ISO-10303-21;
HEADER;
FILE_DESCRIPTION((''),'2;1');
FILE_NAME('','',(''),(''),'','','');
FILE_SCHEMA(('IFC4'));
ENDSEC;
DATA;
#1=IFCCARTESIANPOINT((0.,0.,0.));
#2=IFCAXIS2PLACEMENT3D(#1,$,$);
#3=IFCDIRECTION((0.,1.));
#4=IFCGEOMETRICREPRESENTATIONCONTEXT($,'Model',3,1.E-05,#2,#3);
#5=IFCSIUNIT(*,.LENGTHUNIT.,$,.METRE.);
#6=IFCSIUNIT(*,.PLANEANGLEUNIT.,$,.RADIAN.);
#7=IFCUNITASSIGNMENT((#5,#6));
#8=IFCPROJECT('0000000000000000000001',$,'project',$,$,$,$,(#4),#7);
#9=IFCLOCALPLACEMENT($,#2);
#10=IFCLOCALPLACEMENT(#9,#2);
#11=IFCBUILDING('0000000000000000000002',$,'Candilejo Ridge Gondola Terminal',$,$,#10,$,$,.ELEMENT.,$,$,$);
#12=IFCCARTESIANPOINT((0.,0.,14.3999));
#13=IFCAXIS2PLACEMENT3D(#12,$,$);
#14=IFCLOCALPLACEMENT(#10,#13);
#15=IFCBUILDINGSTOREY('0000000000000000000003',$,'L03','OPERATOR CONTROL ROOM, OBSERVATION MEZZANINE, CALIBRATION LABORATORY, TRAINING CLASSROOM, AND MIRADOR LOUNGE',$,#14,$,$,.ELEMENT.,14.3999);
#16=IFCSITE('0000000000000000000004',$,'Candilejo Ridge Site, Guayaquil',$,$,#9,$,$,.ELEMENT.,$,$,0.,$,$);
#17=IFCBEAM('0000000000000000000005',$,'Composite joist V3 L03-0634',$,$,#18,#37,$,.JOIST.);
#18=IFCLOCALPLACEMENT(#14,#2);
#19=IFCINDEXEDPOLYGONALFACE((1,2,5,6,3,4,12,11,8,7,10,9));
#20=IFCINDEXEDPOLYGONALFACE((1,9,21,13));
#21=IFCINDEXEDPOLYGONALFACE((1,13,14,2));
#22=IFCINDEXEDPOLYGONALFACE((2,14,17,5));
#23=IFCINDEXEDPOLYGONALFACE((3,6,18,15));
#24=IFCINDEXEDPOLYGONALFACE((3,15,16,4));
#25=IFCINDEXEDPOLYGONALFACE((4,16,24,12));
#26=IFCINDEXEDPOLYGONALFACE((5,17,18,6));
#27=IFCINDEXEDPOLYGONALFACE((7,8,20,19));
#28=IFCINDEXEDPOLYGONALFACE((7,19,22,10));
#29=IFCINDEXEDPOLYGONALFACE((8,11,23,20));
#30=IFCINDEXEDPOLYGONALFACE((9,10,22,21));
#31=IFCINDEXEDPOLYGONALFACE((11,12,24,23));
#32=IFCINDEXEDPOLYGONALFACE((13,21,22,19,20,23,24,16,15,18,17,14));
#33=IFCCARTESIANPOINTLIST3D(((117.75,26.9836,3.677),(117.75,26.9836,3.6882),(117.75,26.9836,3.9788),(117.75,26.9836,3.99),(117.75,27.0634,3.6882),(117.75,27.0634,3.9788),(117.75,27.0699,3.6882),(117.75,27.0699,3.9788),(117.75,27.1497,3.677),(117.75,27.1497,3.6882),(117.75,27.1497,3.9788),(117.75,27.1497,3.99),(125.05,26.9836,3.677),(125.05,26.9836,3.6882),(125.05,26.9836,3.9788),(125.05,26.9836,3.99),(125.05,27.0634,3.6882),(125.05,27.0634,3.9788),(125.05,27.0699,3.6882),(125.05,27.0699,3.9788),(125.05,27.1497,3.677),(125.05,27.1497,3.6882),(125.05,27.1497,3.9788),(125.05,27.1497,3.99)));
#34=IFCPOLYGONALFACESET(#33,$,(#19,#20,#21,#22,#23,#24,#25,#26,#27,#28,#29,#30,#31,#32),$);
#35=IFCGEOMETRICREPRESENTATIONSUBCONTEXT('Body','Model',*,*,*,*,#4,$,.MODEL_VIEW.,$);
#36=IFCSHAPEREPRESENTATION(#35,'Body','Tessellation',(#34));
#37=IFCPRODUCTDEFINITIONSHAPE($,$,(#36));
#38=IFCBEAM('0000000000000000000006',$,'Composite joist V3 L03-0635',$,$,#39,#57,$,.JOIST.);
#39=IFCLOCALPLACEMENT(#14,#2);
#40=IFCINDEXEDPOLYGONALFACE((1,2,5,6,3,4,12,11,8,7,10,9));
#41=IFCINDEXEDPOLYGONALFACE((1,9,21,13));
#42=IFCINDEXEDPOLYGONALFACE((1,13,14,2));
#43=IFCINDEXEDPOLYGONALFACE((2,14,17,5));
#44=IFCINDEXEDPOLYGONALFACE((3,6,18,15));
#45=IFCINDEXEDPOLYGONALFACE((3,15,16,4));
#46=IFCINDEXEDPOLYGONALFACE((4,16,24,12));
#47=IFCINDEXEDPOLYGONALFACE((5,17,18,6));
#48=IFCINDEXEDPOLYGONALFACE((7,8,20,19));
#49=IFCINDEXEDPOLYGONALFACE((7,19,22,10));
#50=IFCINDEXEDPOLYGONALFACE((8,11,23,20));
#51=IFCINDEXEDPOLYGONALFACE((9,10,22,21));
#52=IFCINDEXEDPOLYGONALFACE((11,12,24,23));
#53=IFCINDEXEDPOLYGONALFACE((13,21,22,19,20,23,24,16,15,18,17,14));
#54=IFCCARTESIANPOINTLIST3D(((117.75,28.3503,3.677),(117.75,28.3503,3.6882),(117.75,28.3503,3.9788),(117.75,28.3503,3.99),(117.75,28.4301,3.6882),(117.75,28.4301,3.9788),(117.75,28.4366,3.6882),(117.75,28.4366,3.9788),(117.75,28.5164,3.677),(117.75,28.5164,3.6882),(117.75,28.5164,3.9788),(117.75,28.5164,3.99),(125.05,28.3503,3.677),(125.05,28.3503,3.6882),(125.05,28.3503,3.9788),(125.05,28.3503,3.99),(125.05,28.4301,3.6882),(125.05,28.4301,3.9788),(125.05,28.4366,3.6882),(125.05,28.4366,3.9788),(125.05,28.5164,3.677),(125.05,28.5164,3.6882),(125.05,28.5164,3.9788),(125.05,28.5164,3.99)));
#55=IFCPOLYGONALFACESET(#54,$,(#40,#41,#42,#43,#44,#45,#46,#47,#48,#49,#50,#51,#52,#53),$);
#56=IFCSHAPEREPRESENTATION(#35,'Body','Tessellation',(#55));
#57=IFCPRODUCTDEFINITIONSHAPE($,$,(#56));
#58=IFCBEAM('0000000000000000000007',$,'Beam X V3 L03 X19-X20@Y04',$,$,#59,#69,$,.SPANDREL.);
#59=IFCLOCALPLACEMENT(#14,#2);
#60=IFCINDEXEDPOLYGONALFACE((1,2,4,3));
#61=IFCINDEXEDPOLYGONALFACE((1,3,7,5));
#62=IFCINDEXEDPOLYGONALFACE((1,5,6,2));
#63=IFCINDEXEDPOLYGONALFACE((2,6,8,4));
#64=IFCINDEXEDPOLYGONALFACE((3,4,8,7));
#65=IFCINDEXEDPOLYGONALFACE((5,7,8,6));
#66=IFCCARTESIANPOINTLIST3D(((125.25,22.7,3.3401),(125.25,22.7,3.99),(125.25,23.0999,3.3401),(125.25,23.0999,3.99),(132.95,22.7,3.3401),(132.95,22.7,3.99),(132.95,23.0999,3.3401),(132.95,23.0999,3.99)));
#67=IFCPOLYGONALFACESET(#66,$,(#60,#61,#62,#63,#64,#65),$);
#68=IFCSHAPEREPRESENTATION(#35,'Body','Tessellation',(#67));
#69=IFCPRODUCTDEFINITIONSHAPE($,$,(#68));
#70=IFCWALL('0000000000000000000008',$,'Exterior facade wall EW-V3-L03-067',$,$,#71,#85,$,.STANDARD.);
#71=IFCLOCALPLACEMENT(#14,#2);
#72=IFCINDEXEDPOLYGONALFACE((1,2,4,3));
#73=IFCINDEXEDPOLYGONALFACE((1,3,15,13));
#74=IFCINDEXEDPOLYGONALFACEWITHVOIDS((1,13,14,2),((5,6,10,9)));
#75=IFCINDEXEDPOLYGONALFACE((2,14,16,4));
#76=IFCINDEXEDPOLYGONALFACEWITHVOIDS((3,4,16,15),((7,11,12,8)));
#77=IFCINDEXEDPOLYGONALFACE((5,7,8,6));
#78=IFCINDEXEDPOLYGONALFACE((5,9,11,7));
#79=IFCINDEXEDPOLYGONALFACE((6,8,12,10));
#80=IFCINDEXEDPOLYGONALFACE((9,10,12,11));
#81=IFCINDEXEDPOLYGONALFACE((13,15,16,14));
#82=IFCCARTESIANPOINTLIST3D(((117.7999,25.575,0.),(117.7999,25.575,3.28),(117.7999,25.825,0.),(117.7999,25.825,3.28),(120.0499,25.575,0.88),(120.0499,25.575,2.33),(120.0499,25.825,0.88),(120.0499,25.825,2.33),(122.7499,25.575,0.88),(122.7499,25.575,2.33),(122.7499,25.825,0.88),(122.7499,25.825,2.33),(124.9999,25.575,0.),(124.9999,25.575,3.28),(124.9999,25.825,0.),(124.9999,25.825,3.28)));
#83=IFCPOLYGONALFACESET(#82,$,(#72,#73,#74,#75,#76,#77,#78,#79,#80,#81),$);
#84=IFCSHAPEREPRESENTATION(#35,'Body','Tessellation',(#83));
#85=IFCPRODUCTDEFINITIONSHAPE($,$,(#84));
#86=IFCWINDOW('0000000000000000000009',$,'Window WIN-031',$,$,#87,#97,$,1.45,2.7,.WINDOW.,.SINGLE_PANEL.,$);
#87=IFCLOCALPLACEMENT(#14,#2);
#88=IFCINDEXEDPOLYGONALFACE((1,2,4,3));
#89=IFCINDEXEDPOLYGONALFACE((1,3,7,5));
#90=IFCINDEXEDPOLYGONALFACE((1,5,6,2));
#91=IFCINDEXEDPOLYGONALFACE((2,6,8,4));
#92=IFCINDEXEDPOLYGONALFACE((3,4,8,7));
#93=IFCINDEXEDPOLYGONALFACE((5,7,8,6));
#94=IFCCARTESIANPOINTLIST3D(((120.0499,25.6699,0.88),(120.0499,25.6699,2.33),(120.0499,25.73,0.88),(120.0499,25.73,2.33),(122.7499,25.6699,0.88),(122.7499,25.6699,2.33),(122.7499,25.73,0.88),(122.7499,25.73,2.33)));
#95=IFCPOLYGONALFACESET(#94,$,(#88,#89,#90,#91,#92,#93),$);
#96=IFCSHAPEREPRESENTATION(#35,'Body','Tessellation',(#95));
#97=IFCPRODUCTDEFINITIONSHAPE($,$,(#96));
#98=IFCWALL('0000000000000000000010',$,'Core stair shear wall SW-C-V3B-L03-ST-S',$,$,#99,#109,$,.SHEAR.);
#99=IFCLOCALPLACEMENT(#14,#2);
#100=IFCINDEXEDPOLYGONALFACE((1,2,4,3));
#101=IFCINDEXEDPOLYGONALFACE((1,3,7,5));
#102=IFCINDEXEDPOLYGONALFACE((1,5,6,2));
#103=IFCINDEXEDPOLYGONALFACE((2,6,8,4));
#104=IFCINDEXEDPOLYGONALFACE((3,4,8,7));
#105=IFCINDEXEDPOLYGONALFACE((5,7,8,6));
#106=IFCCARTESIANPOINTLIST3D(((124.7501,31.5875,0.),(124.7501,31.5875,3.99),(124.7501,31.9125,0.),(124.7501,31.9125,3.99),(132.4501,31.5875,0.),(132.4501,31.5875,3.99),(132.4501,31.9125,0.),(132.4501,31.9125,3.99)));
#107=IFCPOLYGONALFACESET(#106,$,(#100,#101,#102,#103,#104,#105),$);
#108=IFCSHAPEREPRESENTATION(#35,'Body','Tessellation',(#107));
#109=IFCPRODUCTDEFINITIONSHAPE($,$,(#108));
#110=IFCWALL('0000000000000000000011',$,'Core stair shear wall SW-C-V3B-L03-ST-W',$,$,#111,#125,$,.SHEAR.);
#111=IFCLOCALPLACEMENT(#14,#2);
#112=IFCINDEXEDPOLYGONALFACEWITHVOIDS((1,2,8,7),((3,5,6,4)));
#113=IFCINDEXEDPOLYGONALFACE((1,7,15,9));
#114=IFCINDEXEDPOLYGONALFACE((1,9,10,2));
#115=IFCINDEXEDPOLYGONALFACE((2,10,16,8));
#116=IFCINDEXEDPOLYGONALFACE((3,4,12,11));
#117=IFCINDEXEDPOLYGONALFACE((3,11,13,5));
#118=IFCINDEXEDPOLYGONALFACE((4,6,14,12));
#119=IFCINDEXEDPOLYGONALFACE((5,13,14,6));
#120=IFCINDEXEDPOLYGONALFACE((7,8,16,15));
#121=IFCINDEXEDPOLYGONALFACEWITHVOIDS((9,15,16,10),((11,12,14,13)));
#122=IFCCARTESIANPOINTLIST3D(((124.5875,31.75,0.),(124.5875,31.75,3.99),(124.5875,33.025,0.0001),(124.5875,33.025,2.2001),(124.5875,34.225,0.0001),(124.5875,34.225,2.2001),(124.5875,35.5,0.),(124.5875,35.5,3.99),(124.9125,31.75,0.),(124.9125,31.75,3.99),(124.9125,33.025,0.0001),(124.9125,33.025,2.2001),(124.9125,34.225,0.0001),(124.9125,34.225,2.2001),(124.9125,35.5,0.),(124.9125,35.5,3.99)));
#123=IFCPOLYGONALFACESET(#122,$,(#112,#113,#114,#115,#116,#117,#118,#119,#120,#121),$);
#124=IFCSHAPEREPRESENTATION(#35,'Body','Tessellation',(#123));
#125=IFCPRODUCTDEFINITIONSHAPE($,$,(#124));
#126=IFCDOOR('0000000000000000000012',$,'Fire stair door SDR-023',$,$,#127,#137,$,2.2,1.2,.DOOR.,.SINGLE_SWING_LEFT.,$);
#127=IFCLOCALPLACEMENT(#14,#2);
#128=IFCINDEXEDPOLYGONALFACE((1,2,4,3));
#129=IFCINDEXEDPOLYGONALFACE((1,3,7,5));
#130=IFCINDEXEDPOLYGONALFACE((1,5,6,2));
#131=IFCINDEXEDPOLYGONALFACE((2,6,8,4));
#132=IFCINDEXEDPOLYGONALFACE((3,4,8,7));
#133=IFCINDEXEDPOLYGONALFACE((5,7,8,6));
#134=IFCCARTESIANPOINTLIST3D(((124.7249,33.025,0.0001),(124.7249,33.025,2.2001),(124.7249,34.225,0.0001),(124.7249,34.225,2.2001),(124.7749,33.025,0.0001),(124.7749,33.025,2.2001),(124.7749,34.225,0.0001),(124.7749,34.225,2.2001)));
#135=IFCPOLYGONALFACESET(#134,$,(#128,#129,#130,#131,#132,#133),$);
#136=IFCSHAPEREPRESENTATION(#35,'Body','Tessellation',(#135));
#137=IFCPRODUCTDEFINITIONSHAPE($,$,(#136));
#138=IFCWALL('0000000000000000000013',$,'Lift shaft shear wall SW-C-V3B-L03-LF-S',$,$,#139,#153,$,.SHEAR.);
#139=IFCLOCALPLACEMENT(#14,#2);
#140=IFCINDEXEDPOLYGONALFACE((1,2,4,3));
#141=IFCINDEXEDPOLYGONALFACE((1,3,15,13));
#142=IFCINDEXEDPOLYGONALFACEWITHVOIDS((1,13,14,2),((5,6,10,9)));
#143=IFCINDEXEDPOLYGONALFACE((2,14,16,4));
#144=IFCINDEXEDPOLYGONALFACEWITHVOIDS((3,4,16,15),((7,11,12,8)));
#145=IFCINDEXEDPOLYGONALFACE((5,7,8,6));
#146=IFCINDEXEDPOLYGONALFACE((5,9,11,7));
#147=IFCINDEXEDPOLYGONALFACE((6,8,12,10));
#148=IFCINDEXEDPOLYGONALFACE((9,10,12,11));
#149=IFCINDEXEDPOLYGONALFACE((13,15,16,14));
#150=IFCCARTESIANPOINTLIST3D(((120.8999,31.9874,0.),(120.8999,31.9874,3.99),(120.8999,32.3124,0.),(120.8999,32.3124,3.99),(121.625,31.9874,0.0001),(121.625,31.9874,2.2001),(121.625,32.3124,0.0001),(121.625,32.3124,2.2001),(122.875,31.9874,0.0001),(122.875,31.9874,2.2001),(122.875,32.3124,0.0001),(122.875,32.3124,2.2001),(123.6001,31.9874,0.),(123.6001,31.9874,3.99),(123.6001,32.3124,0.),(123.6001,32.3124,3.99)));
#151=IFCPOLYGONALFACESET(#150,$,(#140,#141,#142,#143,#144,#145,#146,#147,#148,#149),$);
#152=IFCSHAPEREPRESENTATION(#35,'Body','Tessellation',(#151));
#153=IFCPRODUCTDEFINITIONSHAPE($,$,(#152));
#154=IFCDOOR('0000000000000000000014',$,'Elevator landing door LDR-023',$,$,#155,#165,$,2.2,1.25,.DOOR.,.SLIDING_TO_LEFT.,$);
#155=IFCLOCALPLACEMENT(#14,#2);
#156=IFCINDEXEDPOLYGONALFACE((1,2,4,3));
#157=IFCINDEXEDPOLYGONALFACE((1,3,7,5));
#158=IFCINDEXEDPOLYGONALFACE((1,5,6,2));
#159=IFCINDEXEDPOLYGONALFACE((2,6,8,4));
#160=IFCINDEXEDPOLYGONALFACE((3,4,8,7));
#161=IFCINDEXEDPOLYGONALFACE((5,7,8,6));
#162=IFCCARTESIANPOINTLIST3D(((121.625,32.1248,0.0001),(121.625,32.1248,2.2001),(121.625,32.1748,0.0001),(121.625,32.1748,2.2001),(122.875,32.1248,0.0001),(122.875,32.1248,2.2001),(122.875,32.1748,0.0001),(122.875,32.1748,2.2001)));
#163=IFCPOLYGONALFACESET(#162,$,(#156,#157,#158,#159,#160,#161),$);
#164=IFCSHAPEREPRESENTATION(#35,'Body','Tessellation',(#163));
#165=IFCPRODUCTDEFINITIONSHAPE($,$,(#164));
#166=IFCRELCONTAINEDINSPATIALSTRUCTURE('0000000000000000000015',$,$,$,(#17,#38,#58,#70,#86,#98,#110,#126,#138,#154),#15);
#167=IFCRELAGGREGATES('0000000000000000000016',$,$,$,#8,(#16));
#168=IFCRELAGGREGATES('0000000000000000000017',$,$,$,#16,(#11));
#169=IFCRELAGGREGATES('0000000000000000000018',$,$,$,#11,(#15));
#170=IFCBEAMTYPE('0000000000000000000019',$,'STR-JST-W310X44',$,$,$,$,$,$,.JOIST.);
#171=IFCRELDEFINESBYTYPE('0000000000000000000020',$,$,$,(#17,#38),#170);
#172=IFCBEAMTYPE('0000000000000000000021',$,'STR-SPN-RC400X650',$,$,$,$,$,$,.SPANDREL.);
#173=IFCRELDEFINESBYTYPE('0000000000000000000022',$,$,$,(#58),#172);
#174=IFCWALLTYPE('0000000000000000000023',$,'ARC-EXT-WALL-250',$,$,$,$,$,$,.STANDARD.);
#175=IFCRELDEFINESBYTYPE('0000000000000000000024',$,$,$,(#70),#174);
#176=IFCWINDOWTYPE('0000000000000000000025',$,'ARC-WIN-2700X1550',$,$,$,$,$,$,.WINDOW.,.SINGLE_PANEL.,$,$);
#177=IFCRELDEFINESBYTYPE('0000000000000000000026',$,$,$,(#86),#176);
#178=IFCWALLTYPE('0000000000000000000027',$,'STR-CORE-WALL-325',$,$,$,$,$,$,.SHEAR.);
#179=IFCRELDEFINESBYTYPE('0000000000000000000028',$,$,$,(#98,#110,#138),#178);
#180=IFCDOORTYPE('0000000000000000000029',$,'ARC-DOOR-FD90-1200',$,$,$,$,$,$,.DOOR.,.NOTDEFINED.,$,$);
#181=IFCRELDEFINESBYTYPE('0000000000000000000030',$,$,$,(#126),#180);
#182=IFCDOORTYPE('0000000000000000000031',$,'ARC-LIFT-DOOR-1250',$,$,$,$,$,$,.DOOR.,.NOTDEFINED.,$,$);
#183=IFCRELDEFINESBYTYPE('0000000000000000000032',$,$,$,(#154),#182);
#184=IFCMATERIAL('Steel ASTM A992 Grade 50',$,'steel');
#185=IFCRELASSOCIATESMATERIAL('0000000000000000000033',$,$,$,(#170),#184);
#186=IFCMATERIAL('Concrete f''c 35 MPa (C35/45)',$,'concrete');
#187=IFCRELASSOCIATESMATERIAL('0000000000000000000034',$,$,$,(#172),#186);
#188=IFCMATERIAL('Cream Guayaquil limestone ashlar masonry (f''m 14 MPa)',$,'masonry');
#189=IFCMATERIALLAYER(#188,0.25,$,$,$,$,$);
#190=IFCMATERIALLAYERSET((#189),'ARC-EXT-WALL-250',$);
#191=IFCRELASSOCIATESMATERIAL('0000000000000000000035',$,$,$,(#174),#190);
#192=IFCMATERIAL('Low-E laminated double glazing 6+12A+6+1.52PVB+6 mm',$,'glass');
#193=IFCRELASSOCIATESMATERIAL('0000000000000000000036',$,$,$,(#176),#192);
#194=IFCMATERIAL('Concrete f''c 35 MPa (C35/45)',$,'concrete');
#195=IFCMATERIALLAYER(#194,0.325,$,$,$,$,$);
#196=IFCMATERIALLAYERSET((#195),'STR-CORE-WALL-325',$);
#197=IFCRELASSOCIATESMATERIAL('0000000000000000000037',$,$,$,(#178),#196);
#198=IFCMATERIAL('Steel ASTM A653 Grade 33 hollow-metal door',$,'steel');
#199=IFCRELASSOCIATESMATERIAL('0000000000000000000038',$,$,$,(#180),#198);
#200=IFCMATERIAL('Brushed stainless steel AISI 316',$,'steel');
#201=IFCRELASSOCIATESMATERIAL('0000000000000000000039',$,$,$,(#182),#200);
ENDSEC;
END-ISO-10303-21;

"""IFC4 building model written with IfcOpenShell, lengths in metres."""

from ifc_helpers import new_model, si_unit, direction, frame, frame_2d, origin, origin_2d, place, context, subcontext, project, spatial, rectangle, i_section, extrude, material, layer, layer_set, material_profile, profile_set, type_object, element, fill, save


model = new_model("IFC4")

# Units and contexts
model_context = context("Model", 3, precision=1e-05, world=origin(), true_north=direction((0.0, 1.0)))
body_context = subcontext(model_context, "Body", "Model", "MODEL_VIEW")
ifc_project = project(units=[si_unit("LENGTHUNIT", "METRE"), si_unit("PLANEANGLEUNIT", "RADIAN")], contexts=[model_context])

# Site, building, storey
site_placement = place(None, origin())
site = spatial("IfcSite", under=ifc_project, at=site_placement, Name="Candilejo Ridge Site, Guayaquil", CompositionType="ELEMENT", RefElevation=0.0)
building_placement = place(site_placement, origin())
building = spatial("IfcBuilding", under=site, at=building_placement, Name="Candilejo Ridge Gondola Terminal", CompositionType="ELEMENT")
storey_placement = place(building_placement, frame((0.0, 0.0, 14.3999)))
storey = spatial("IfcBuildingStorey", under=building, at=storey_placement, Name="L03", Description="OPERATOR CONTROL ROOM, OBSERVATION MEZZANINE, CALIBRATION LABORATORY, TRAINING CLASSROOM, AND MIRADOR LOUNGE", CompositionType="ELEMENT", Elevation=14.3999)

# Beams
ifc_material_1 = material(Name="Steel ASTM A992 Grade 50", Category="steel")
ifc_material_profile_1 = material_profile(ifc_material_1, i_section(OverallWidth=0.166, OverallDepth=0.313, WebThickness=0.0066, FlangeThickness=0.0112, at=origin_2d()))
ifc_profile_set_1 = profile_set([ifc_material_profile_1], Name="Steel ASTM A992 Grade 50")
beam_type_1 = type_object("IfcBeamType", Name="STR-JST-W310X44", PredefinedType="JOIST", material=ifc_profile_set_1)
for number, where, z_axis, x_axis, name in (
    (1, (117.75, 27.0667, 3.8335), (1.0, 0.0, 0.0), (0.0, 1.0, 0.0), "Composite joist V3 L03-0634"),
    (2, (117.75, 28.4333, 3.8335), (1.0, 0.0, 0.0), (0.0, 1.0, 0.0), "Composite joist V3 L03-0635"),
):
    element("IfcBeam", number, at=place(storey_placement, frame(where, z_axis=z_axis, x_axis=x_axis)), inside=storey, type_object=beam_type_1, Name=name, PredefinedType="JOIST", context=body_context, shape_type="SweptSolid", body=[
        extrude(i_section(OverallWidth=0.166, OverallDepth=0.313, WebThickness=0.0066, FlangeThickness=0.0112, at=origin_2d()), origin(), (0.0, 0.0, 1.0), 7.3),
    ])
ifc_material_2 = material(Name="Concrete f'c 35 MPa (C35/45)", Category="concrete")
ifc_material_profile_2 = material_profile(ifc_material_2, rectangle(XDim=0.3999, YDim=0.6499, at=origin_2d()))
ifc_profile_set_2 = profile_set([ifc_material_profile_2], Name="Concrete f'c 35 MPa (C35/45)")
beam_type_2 = type_object("IfcBeamType", Name="STR-SPN-RC400X650", PredefinedType="SPANDREL", material=ifc_profile_set_2)
beam_1_placement = place(storey_placement, frame((125.25, 22.8999, 3.665), z_axis=(1.0, 0.0, 0.0), x_axis=(0.0, 1.0, 0.0)))
element("IfcBeam", 3, at=beam_1_placement, inside=storey, type_object=beam_type_2, Name="Beam X V3 L03 X19-X20@Y04", PredefinedType="SPANDREL", context=body_context, shape_type="SweptSolid", body=[
    extrude(rectangle(XDim=0.3999, YDim=0.6499, at=origin_2d()), origin(), (0.0, 0.0, 1.0), 7.7),
])

# Wall, opening, window
ifc_material_3 = material(Name="Cream Guayaquil limestone ashlar masonry (f'm 14 MPa)", Category="masonry")
ifc_layer_1 = layer(ifc_material_3, 0.25)
ifc_layer_set_1 = layer_set([ifc_layer_1], Name="ARC-EXT-WALL-250")
wall_type_1 = type_object("IfcWallType", Name="ARC-EXT-WALL-250", PredefinedType="STANDARD", material=ifc_layer_set_1)
wall_1_placement = place(storey_placement, frame((125.0, 25.7, 0.0), z_axis=(0.0, 0.0, 1.0), x_axis=(-1.0, 0.0, 0.0)))
wall_1 = element("IfcWall", 4, at=wall_1_placement, inside=storey, type_object=wall_type_1, Name="Exterior facade wall EW-V3-L03-067", PredefinedType="STANDARD", context=body_context, shape_type="SweptSolid", body=[
    extrude(rectangle(XDim=7.2, YDim=0.25, at=frame_2d((3.6001, 0.0))), origin(), (0.0, 0.0, 1.0), 3.28),
])
opening_1_placement = place(wall_1_placement, frame((2.25, 0.0, 0.8799)))
opening_1 = element("IfcOpeningElement", 5, at=opening_1_placement, cuts=wall_1, PredefinedType="OPENING", context=body_context, shape_type="SweptSolid", body=[
    extrude(rectangle(XDim=2.7, YDim=1.45, at=frame_2d((1.3501, 0.7251))), frame((0.0, 0.135, 0.0), z_axis=(0.0, -1.0, 0.0), x_axis=(1.0, 0.0, 0.0)), (0.0, 0.0, 1.0), 0.27),
])
ifc_material_4 = material(Name="Low-E laminated double glazing 6+12A+6+1.52PVB+6 mm", Category="glass")
window_type = type_object("IfcWindowType", Name="ARC-WIN-2700X1550", PartitioningType="SINGLE_PANEL", PredefinedType="WINDOW", material=ifc_material_4)
window_placement = place(opening_1_placement, origin())
window = element("IfcWindow", 6, at=window_placement, inside=storey, type_object=window_type, Name="Window WIN-031", OverallHeight=1.45, OverallWidth=2.7, PartitioningType="SINGLE_PANEL", PredefinedType="WINDOW", context=body_context, shape_type="SweptSolid", body=[
    extrude(rectangle(XDim=2.7, YDim=1.45, at=frame_2d((1.3501, 0.7251))), frame((0.0, 0.03, 0.0), z_axis=(0.0, -1.0, 0.0), x_axis=(1.0, 0.0, 0.0)), (0.0, 0.0, 1.0), 0.0601),
])
fill(opening_1, window)

# Wall
ifc_material_5 = material(Name="Concrete f'c 35 MPa (C35/45)", Category="concrete")
ifc_layer_2 = layer(ifc_material_5, 0.325)
ifc_layer_set_2 = layer_set([ifc_layer_2], Name="STR-CORE-WALL-325")
wall_type_2 = type_object("IfcWallType", Name="STR-CORE-WALL-325", PredefinedType="SHEAR", material=ifc_layer_set_2)
wall_2_placement = place(storey_placement, frame((124.75, 31.75, 0.0), z_axis=(0.0, 0.0, 1.0), x_axis=(1.0, 0.0, 0.0)))
element("IfcWall", 7, at=wall_2_placement, inside=storey, type_object=wall_type_2, Name="Core stair shear wall SW-C-V3B-L03-ST-S", PredefinedType="SHEAR", context=body_context, shape_type="SweptSolid", body=[
    extrude(rectangle(XDim=7.7, YDim=0.325, at=frame_2d((3.8501, 0.0))), origin(), (0.0, 0.0, 1.0), 3.99),
])

# Walls, openings, doors
wall_3_placement = place(storey_placement, frame((124.75, 35.5, 0.0), z_axis=(0.0, 0.0, 1.0), x_axis=(0.0, -1.0, 0.0)))
wall_3 = element("IfcWall", 8, at=wall_3_placement, inside=storey, type_object=wall_type_2, Name="Core stair shear wall SW-C-V3B-L03-ST-W", PredefinedType="SHEAR", context=body_context, shape_type="SweptSolid", body=[
    extrude(rectangle(XDim=3.75, YDim=0.325, at=frame_2d((1.875, 0.0))), origin(), (0.0, 0.0, 1.0), 3.99),
])
opening_2_placement = place(wall_3_placement, frame((1.2749, 0.0, 0.0)))
opening_2 = element("IfcOpeningElement", 9, at=opening_2_placement, cuts=wall_3, PredefinedType="OPENING", context=body_context, shape_type="SweptSolid", body=[
    extrude(rectangle(XDim=1.2, YDim=2.2, at=frame_2d((0.6001, 1.1001))), frame((0.0, 0.1724, 0.0), z_axis=(0.0, -1.0, 0.0), x_axis=(1.0, 0.0, 0.0)), (0.0, 0.0, 1.0), 0.345),
])
ifc_material_6 = material(Name="Steel ASTM A653 Grade 33 hollow-metal door", Category="steel")
door_type_1 = type_object("IfcDoorType", Name="ARC-DOOR-FD90-1200", OperationType="NOTDEFINED", PredefinedType="DOOR", material=ifc_material_6)
door_1_placement = place(opening_2_placement, origin())
door_1 = element("IfcDoor", 10, at=door_1_placement, inside=storey, type_object=door_type_1, Name="Fire stair door SDR-023", OperationType="SINGLE_SWING_LEFT", OverallHeight=2.2, OverallWidth=1.2, PredefinedType="DOOR", context=body_context, shape_type="SweptSolid", body=[
    extrude(rectangle(XDim=1.2, YDim=2.2, at=frame_2d((0.6001, 1.1001))), frame((0.0, 0.0249, 0.0), z_axis=(0.0, -1.0, 0.0), x_axis=(1.0, 0.0, 0.0)), (0.0, 0.0, 1.0), 0.05),
])
fill(opening_2, door_1)
wall_4_placement = place(storey_placement, frame((120.8999, 32.1499, 0.0), z_axis=(0.0, 0.0, 1.0), x_axis=(1.0, 0.0, 0.0)))
wall_4 = element("IfcWall", 11, at=wall_4_placement, inside=storey, type_object=wall_type_2, Name="Lift shaft shear wall SW-C-V3B-L03-LF-S", PredefinedType="SHEAR", context=body_context, shape_type="SweptSolid", body=[
    extrude(rectangle(XDim=2.7002, YDim=0.325, at=frame_2d((1.3501, 0.0))), origin(), (0.0, 0.0, 1.0), 3.99),
])
opening_3_placement = place(wall_4_placement, frame((0.7251, 0.0, 0.0)))
opening_3 = element("IfcOpeningElement", 12, at=opening_3_placement, cuts=wall_4, PredefinedType="OPENING", context=body_context, shape_type="SweptSolid", body=[
    extrude(rectangle(XDim=1.25, YDim=2.2, at=frame_2d((0.625, 1.1001))), frame((0.0, 0.1724, 0.0), z_axis=(0.0, -1.0, 0.0), x_axis=(1.0, 0.0, 0.0)), (0.0, 0.0, 1.0), 0.345),
])
ifc_material_7 = material(Name="Brushed stainless steel AISI 316", Category="steel")
door_type_2 = type_object("IfcDoorType", Name="ARC-LIFT-DOOR-1250", OperationType="NOTDEFINED", PredefinedType="DOOR", material=ifc_material_7)
door_2_placement = place(opening_3_placement, origin())
door_2 = element("IfcDoor", 13, at=door_2_placement, inside=storey, type_object=door_type_2, Name="Elevator landing door LDR-023", OperationType="SLIDING_TO_LEFT", OverallHeight=2.2, OverallWidth=1.25, PredefinedType="DOOR", context=body_context, shape_type="SweptSolid", body=[
    extrude(rectangle(XDim=1.25, YDim=2.2, at=frame_2d((0.625, 1.1001))), frame((0.0, 0.0249, 0.0), z_axis=(0.0, -1.0, 0.0), x_axis=(1.0, 0.0, 0.0)), (0.0, 0.0, 1.0), 0.05),
])
fill(opening_3, door_2)

save(model, "model.ifc")
